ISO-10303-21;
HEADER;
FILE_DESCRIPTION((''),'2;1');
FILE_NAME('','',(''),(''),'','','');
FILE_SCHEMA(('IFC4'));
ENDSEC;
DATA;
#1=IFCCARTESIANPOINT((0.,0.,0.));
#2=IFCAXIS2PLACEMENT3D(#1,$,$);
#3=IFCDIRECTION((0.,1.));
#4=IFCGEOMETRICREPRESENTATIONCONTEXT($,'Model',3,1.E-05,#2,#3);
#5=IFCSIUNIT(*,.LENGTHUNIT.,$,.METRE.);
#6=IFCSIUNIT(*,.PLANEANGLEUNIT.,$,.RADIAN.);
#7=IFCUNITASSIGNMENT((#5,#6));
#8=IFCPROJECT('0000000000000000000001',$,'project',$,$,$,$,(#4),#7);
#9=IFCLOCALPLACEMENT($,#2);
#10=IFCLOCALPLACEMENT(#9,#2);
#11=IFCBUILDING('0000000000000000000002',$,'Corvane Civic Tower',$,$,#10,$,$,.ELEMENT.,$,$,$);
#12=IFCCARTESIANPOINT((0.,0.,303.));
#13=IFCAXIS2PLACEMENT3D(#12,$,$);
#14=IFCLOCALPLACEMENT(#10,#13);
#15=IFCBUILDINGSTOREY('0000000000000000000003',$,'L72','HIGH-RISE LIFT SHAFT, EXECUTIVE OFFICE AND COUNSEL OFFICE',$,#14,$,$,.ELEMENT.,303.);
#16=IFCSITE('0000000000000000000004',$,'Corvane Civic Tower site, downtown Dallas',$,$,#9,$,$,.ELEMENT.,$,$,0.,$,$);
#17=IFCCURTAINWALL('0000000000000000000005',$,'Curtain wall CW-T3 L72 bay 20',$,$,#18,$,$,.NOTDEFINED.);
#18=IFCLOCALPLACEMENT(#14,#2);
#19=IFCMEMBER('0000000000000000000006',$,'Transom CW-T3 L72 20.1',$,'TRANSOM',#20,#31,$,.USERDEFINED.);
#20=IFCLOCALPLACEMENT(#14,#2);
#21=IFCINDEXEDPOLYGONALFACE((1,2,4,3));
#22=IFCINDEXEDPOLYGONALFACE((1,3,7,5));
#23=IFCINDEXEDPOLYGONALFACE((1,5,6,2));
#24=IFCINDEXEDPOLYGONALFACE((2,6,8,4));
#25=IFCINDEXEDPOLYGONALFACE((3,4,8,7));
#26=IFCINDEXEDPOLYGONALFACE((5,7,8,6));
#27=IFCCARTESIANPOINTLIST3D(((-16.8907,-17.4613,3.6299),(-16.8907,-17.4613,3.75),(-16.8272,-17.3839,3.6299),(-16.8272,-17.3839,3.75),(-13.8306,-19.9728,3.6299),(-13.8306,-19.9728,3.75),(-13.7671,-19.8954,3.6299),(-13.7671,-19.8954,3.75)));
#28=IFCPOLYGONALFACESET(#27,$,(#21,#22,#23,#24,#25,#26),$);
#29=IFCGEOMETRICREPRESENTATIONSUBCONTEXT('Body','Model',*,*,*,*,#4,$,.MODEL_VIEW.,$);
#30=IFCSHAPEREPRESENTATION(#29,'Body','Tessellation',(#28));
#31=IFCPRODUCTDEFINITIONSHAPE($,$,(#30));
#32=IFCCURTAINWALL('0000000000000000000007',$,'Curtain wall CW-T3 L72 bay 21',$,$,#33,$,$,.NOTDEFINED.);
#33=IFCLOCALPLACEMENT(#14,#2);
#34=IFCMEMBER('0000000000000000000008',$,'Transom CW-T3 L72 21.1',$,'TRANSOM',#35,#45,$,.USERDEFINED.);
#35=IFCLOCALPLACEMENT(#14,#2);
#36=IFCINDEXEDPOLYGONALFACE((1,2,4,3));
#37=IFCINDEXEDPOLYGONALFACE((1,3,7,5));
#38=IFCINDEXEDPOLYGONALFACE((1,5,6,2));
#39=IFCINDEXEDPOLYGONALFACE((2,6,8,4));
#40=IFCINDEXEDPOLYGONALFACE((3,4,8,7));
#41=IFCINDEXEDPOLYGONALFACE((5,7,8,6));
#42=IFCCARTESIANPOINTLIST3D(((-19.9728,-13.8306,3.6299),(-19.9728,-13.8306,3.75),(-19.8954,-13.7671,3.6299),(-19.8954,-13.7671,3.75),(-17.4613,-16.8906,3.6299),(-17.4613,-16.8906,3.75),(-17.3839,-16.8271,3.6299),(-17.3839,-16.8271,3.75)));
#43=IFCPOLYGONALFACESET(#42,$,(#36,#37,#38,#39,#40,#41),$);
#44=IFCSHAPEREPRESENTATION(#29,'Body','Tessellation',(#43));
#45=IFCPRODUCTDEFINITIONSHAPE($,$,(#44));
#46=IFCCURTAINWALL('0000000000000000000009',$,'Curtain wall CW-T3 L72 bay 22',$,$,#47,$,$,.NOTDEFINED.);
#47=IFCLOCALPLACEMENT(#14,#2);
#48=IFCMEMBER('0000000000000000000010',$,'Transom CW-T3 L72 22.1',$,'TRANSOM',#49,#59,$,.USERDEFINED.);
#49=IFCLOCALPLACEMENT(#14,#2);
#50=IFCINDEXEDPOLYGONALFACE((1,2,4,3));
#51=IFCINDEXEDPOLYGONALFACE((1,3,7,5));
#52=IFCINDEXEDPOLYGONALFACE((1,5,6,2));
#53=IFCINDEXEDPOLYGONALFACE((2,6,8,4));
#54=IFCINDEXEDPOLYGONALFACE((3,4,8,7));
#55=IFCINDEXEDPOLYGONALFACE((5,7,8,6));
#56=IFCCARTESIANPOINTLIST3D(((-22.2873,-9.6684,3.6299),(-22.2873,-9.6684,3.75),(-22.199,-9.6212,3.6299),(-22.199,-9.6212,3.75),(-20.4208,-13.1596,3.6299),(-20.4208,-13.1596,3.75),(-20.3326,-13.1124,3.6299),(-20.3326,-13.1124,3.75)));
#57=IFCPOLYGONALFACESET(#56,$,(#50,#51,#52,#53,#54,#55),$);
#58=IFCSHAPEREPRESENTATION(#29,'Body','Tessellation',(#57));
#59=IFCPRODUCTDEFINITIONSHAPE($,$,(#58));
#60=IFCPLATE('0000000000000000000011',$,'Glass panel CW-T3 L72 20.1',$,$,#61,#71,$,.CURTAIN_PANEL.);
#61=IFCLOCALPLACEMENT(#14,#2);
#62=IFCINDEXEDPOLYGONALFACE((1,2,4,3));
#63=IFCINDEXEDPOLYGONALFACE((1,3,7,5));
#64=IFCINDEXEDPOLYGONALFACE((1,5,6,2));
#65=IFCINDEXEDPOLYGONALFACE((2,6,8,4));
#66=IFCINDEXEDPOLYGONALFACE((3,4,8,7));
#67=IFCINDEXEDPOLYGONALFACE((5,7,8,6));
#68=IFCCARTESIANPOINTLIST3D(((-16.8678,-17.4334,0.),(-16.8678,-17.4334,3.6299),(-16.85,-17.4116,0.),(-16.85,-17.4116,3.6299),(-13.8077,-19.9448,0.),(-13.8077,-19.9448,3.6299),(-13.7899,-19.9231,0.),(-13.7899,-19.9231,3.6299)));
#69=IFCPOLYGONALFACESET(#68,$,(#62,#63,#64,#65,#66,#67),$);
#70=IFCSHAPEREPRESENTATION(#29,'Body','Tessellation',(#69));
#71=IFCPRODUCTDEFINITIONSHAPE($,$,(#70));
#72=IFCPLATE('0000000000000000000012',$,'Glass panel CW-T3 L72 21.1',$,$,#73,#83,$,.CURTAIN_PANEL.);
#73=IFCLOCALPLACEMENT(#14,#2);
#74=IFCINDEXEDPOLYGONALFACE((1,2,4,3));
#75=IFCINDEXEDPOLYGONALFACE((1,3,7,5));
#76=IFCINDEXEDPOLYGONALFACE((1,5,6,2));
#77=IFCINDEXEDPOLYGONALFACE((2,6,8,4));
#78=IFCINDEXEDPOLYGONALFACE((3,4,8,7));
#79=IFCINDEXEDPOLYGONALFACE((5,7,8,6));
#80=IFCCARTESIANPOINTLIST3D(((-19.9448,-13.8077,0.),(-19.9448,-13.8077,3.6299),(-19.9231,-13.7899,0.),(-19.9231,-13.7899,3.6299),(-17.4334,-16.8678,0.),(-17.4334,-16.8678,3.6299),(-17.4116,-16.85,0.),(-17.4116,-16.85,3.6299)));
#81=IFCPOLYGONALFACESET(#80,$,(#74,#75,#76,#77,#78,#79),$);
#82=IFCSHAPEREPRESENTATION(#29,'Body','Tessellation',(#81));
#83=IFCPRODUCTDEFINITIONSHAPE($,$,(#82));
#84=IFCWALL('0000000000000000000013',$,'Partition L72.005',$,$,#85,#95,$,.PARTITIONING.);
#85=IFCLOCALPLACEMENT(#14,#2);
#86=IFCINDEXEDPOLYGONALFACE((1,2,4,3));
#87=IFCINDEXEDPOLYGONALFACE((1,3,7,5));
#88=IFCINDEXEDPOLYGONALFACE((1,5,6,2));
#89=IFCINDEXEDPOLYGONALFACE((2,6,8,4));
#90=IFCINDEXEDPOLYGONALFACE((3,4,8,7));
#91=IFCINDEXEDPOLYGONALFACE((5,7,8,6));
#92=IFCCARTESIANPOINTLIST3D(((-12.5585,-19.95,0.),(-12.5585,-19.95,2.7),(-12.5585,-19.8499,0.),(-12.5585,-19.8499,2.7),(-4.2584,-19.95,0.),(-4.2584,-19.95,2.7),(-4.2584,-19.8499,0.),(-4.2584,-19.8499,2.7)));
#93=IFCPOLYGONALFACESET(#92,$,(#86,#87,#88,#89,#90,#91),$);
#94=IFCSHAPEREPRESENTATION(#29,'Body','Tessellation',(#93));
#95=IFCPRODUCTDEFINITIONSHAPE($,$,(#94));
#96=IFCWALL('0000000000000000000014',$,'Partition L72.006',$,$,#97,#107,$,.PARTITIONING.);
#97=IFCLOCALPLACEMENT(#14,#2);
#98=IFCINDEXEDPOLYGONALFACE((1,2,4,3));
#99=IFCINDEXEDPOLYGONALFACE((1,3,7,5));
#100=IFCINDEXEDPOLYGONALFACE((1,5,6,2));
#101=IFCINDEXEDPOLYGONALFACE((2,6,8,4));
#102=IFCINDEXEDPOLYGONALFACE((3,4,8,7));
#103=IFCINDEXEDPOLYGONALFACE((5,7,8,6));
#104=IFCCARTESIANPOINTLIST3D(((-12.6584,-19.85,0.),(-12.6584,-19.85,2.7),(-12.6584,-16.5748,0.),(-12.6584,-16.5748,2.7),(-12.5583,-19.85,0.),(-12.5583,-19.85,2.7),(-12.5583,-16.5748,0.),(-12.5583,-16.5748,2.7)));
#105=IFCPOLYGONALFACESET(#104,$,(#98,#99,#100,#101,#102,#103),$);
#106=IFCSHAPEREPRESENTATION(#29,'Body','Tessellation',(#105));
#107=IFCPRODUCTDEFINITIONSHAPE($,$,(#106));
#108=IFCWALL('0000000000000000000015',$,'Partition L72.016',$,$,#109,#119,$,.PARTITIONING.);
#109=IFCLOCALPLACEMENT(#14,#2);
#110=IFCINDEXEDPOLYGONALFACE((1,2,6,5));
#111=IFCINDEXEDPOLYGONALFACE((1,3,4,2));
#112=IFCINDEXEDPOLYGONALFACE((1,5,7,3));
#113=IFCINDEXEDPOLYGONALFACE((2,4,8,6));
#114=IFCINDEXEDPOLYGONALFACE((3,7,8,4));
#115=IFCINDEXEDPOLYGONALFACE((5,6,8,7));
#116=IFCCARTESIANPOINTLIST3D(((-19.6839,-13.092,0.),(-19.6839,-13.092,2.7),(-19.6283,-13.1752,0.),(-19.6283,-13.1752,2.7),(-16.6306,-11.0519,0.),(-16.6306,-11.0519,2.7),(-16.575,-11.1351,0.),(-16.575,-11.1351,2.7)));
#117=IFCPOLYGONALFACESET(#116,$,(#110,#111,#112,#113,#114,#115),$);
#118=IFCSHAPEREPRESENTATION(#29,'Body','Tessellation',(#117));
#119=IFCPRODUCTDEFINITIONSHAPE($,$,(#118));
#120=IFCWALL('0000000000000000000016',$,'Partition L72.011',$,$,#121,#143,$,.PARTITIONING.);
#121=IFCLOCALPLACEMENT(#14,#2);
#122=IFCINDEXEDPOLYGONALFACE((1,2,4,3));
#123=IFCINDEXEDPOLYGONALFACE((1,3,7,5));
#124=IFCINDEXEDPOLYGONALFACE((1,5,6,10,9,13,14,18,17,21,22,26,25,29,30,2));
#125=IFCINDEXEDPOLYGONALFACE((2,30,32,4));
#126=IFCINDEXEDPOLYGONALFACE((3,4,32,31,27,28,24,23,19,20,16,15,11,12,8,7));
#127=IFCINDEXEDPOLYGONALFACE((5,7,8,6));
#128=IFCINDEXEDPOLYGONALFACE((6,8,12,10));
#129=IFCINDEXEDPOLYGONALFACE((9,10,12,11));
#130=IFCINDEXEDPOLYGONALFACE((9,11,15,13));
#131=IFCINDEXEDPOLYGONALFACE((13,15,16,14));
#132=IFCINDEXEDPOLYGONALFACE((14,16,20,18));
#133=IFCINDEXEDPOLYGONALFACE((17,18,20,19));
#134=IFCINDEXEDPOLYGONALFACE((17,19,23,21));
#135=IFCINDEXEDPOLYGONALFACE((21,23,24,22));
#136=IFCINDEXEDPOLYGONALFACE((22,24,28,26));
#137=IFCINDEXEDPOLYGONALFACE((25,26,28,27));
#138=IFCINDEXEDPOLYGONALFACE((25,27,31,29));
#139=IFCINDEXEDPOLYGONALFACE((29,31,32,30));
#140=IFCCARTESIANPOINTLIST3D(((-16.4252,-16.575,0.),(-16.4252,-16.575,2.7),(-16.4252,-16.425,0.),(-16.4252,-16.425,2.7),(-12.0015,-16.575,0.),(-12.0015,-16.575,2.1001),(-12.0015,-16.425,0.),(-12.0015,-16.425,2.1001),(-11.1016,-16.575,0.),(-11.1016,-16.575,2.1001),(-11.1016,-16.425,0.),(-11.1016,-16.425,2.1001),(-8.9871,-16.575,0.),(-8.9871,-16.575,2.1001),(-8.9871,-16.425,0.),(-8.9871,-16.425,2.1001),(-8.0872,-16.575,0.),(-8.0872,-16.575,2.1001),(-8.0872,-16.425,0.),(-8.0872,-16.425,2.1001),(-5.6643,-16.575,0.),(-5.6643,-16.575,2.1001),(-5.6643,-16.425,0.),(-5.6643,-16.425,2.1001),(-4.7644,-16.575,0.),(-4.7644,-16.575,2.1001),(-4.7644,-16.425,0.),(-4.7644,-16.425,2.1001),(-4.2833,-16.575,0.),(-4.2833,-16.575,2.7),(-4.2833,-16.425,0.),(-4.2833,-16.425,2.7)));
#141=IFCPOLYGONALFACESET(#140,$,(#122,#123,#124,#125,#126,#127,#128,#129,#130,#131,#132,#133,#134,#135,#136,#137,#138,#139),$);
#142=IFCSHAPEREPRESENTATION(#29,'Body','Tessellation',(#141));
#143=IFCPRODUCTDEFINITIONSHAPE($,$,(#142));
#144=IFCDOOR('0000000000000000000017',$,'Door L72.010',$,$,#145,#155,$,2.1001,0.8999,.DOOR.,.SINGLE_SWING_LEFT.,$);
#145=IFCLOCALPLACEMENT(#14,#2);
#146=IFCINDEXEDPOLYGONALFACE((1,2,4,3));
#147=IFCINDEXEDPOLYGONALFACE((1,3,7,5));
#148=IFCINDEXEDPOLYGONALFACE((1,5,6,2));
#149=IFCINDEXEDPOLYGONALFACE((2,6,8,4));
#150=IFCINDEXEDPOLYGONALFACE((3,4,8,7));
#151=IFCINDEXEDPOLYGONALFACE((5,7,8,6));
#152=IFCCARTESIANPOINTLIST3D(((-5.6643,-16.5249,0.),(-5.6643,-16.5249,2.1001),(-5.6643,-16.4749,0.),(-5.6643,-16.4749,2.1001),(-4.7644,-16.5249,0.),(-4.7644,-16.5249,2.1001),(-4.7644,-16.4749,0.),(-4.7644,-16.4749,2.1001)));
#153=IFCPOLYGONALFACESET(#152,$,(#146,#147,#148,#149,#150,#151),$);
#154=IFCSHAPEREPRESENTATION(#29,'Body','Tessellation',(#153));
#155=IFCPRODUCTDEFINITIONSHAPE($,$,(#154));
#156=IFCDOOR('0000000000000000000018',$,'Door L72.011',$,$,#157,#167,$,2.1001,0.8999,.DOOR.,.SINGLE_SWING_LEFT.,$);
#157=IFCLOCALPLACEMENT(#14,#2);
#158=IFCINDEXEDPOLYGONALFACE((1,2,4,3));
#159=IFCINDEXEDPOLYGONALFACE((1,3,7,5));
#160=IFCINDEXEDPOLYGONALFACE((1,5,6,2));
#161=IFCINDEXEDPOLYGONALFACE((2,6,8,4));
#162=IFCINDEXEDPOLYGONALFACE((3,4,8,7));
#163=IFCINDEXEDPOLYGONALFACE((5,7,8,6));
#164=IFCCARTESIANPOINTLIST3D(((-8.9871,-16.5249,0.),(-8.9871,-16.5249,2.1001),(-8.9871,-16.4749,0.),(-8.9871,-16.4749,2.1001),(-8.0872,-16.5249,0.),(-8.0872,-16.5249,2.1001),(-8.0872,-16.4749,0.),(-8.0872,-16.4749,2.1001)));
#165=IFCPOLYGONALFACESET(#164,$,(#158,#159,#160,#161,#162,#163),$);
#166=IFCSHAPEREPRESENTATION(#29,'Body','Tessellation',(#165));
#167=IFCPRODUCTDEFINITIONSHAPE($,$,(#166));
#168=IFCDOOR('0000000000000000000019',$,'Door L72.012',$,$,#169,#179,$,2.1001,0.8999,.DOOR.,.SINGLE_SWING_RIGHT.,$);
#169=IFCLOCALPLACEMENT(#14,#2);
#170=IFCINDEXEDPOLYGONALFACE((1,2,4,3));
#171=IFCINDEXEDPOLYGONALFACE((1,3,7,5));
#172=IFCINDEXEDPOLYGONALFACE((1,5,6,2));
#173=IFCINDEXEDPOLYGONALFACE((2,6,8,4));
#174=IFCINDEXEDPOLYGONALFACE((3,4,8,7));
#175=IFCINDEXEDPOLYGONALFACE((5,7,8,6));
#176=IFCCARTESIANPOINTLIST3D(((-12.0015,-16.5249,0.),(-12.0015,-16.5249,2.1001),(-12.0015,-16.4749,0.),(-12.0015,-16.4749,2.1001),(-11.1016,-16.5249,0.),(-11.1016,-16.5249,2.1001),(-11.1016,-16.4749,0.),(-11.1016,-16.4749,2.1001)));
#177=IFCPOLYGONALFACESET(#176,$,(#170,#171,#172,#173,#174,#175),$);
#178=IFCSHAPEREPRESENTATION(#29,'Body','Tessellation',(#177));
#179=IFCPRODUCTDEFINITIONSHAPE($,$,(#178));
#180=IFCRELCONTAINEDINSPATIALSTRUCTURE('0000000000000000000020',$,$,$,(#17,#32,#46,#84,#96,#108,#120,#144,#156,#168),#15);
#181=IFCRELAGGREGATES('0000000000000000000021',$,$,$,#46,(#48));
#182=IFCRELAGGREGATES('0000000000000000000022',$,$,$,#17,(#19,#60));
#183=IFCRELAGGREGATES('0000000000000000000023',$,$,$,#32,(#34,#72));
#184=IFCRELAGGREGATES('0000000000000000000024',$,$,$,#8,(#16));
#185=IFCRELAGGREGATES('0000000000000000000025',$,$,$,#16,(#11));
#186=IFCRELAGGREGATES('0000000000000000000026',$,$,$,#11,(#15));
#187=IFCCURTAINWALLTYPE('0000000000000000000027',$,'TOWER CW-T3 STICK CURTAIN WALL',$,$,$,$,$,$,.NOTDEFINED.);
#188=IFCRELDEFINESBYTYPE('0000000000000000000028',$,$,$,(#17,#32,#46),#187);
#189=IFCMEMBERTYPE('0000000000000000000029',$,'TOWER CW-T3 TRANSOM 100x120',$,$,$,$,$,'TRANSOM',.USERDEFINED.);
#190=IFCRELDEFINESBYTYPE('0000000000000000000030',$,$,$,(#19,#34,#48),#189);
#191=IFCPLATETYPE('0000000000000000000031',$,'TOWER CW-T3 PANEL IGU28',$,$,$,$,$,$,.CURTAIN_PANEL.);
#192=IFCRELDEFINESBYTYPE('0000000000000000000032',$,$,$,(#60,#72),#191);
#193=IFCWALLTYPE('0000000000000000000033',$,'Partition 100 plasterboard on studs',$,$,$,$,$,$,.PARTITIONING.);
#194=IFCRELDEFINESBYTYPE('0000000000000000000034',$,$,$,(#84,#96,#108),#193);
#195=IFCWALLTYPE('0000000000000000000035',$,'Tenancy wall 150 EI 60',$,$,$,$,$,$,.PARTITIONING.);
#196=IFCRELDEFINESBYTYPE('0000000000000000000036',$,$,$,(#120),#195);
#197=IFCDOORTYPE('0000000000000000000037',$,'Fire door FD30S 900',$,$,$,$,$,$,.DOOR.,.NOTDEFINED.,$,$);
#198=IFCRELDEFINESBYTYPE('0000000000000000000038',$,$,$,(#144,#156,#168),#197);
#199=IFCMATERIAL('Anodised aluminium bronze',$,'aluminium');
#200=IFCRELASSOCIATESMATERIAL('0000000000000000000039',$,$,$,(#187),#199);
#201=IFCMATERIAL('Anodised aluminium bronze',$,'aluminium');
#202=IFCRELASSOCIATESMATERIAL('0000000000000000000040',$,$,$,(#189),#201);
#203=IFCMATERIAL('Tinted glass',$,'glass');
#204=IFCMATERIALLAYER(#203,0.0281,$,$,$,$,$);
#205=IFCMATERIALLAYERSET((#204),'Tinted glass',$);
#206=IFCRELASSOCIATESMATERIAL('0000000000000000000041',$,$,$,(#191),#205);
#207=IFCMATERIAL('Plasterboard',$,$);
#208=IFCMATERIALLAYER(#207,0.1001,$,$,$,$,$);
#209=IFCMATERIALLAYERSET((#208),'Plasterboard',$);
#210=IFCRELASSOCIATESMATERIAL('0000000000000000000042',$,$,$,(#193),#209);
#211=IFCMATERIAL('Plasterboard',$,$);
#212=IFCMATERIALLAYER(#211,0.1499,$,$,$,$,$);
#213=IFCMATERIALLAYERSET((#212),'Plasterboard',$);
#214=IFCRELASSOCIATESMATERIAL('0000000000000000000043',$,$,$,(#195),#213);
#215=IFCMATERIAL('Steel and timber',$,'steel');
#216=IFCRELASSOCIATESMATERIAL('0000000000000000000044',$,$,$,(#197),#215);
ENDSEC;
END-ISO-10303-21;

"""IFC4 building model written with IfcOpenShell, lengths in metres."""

from ifc_helpers import new_model, si_unit, direction, frame, frame_2d, origin, origin_2d, place, context, subcontext, project, spatial, rectangle, extrude, material, layer, layer_set, material_profile, profile_set, type_object, element, fill, aggregate, save


model = new_model("IFC4")

# Units and contexts
model_context = context("Model", 3, precision=1e-05, world=origin(), true_north=direction((0.0, 1.0)))
body_context = subcontext(model_context, "Body", "Model", "MODEL_VIEW")
ifc_project = project(units=[si_unit("LENGTHUNIT", "METRE"), si_unit("PLANEANGLEUNIT", "RADIAN")], contexts=[model_context])

# Site, building, storey
site_placement = place(None, origin())
site = spatial("IfcSite", under=ifc_project, at=site_placement, Name="Corvane Civic Tower site, downtown Dallas", CompositionType="ELEMENT", RefElevation=0.0)
building_placement = place(site_placement, origin())
building = spatial("IfcBuilding", under=site, at=building_placement, Name="Corvane Civic Tower", CompositionType="ELEMENT")
storey_placement = place(building_placement, frame((0.0, 0.0, 303.0)))
storey = spatial("IfcBuildingStorey", under=building, at=storey_placement, Name="L72", Description="HIGH-RISE LIFT SHAFT, EXECUTIVE OFFICE AND COUNSEL OFFICE", CompositionType="ELEMENT", Elevation=303.0)

# Curtain walls, members
ifc_material_1 = material(Name="Anodised aluminium bronze", Category="aluminium")
curtain_wall_type = type_object("IfcCurtainWallType", Name="TOWER CW-T3 STICK CURTAIN WALL", PredefinedType="NOTDEFINED", material=ifc_material_1)
curtain_wall_1_placement = place(storey_placement, origin())
curtain_wall_1 = element("IfcCurtainWall", 1, at=curtain_wall_1_placement, inside=storey, type_object=curtain_wall_type, Name="Curtain wall CW-T3 L72 bay 20", PredefinedType="NOTDEFINED")
ifc_material_2 = material(Name="Anodised aluminium bronze", Category="aluminium")
ifc_material_profile_1 = material_profile(ifc_material_2, rectangle(XDim=0.1001, YDim=0.1201, at=origin_2d()), Name="TOWER CW-T3 TRANSOM 100x120")
ifc_profile_set_1 = profile_set([ifc_material_profile_1], Name="Anodised aluminium bronze")
member_type = type_object("IfcMemberType", Name="TOWER CW-T3 TRANSOM 100x120", ElementType="TRANSOM", PredefinedType="USERDEFINED", material=ifc_profile_set_1)
member_1_placement = place(storey_placement, frame((-13.7988, -19.9341, 3.6899), z_axis=(-0.772992, 0.634416, 0.0), x_axis=(-0.634416, -0.772992, 0.0)))
member_1 = element("IfcMember", 2, at=member_1_placement, type_object=member_type, Name="Transom CW-T3 L72 20.1", ObjectType="TRANSOM", PredefinedType="USERDEFINED", context=body_context, shape_type="SweptSolid", body=[
    extrude(rectangle(XDim=0.1001, YDim=0.1201, at=origin_2d()), origin(), (0.0, 0.0, 1.0), 3.9587),
])
curtain_wall_2_placement = place(storey_placement, origin())
curtain_wall_2 = element("IfcCurtainWall", 3, at=curtain_wall_2_placement, inside=storey, type_object=curtain_wall_type, Name="Curtain wall CW-T3 L72 bay 21", PredefinedType="NOTDEFINED")
member_2_placement = place(storey_placement, frame((-17.4226, -16.8589, 3.6899), z_axis=(-0.634416, 0.772992, 0.0), x_axis=(-0.772992, -0.634416, 0.0)))
member_2 = element("IfcMember", 4, at=member_2_placement, type_object=member_type, Name="Transom CW-T3 L72 21.1", ObjectType="TRANSOM", PredefinedType="USERDEFINED", context=body_context, shape_type="SweptSolid", body=[
    extrude(rectangle(XDim=0.1001, YDim=0.1201, at=origin_2d()), origin(), (0.0, 0.0, 1.0), 3.9587),
])
curtain_wall_3_placement = place(storey_placement, origin())
curtain_wall_3 = element("IfcCurtainWall", 5, at=curtain_wall_3_placement, inside=storey, type_object=curtain_wall_type, Name="Curtain wall CW-T3 L72 bay 22", PredefinedType="NOTDEFINED")
member_3_placement = place(storey_placement, frame((-20.3767, -13.136, 3.6899), z_axis=(-0.471468, 0.881883, 0.0), x_axis=(-0.881883, -0.471468, 0.0)))
member_3 = element("IfcMember", 6, at=member_3_placement, type_object=member_type, Name="Transom CW-T3 L72 22.1", ObjectType="TRANSOM", PredefinedType="USERDEFINED", context=body_context, shape_type="SweptSolid", body=[
    extrude(rectangle(XDim=0.1001, YDim=0.1201, at=origin_2d()), origin(), (0.0, 0.0, 1.0), 3.9587),
])
aggregate(curtain_wall_3, [member_3])

# Plates
ifc_material_3 = material(Name="Tinted glass", Category="glass")
ifc_layer_1 = layer(ifc_material_3, 0.0281)
ifc_layer_set_1 = layer_set([ifc_layer_1], Name="Tinted glass")
plate_type = type_object("IfcPlateType", Name="TOWER CW-T3 PANEL IGU28", PredefinedType="CURTAIN_PANEL", material=ifc_layer_set_1)
plate_1_placement = place(storey_placement, frame((-15.3289, -18.6782, 0.0), z_axis=(0.0, 0.0, 1.0), x_axis=(-0.773001, 0.634405, 0.0)))
plate_1 = element("IfcPlate", 7, at=plate_1_placement, type_object=plate_type, Name="Glass panel CW-T3 L72 20.1", PredefinedType="CURTAIN_PANEL", context=body_context, shape_type="SweptSolid", body=[
    extrude(rectangle(XDim=3.9587, YDim=0.0281, at=origin_2d()), origin(), (0.0, 0.0, 1.0), 3.6299),
])
aggregate(curtain_wall_1, [member_1, plate_1])
plate_2_placement = place(storey_placement, frame((-18.6782, -15.3289, 0.0), z_axis=(0.0, 0.0, 1.0), x_axis=(-0.634405, 0.773001, 0.0)))
plate_2 = element("IfcPlate", 8, at=plate_2_placement, type_object=plate_type, Name="Glass panel CW-T3 L72 21.1", PredefinedType="CURTAIN_PANEL", context=body_context, shape_type="SweptSolid", body=[
    extrude(rectangle(XDim=3.9587, YDim=0.0281, at=origin_2d()), origin(), (0.0, 0.0, 1.0), 3.6299),
])
aggregate(curtain_wall_2, [member_2, plate_2])

# Walls
ifc_material_4 = material(Name="Plasterboard")
ifc_layer_2 = layer(ifc_material_4, 0.1001)
ifc_layer_set_2 = layer_set([ifc_layer_2], Name="Plasterboard")
wall_type_1 = type_object("IfcWallType", Name="Partition 100 plasterboard on studs", PredefinedType="PARTITIONING", material=ifc_layer_set_2)
wall_1_placement = place(storey_placement, frame((-12.5583, -19.8999, 0.0), z_axis=(0.0, 0.0, 1.0), x_axis=(1.0, 0.0, 0.0)))
element("IfcWall", 9, at=wall_1_placement, inside=storey, type_object=wall_type_1, Name="Partition L72.005", PredefinedType="PARTITIONING", context=body_context, shape_type="SweptSolid", body=[
    extrude(rectangle(XDim=8.3, YDim=0.1001, at=frame_2d((4.1499, 0.0))), origin(), (0.0, 0.0, 1.0), 2.7),
])
wall_2_placement = place(storey_placement, frame((-12.6084, -19.8501, 0.0), z_axis=(0.0, 0.0, 1.0), x_axis=(0.0, 1.0, 0.0)))
element("IfcWall", 10, at=wall_2_placement, inside=storey, type_object=wall_type_1, Name="Partition L72.006", PredefinedType="PARTITIONING", context=body_context, shape_type="SweptSolid", body=[
    extrude(rectangle(XDim=3.2751, YDim=0.1001, at=frame_2d((1.6377, 0.0))), origin(), (0.0, 0.0, 1.0), 2.7),
])
wall_3_placement = place(storey_placement, frame((-19.656, -13.1335, 0.0), z_axis=(0.0, 0.0, 1.0), x_axis=(0.831477, 0.555559, 0.0)))
element("IfcWall", 11, at=wall_3_placement, inside=storey, type_object=wall_type_1, Name="Partition L72.016", PredefinedType="PARTITIONING", context=body_context, shape_type="SweptSolid", body=[
    extrude(rectangle(XDim=3.6721, YDim=0.1001, at=frame_2d((1.8359, 0.0))), origin(), (0.0, 0.0, 1.0), 2.7),
])

# Wall, openings, doors
ifc_material_5 = material(Name="Plasterboard")
ifc_layer_3 = layer(ifc_material_5, 0.1499)
ifc_layer_set_3 = layer_set([ifc_layer_3], Name="Plasterboard")
wall_type_2 = type_object("IfcWallType", Name="Tenancy wall 150 EI 60", PredefinedType="PARTITIONING", material=ifc_layer_set_3)
wall_4_placement = place(storey_placement, frame((-16.425, -16.5, 0.0), z_axis=(0.0, 0.0, 1.0), x_axis=(1.0, 0.0, 0.0)))
wall_4 = element("IfcWall", 12, at=wall_4_placement, inside=storey, type_object=wall_type_2, Name="Partition L72.011", PredefinedType="PARTITIONING", context=body_context, shape_type="SweptSolid", body=[
    extrude(rectangle(XDim=12.1418, YDim=0.1499, at=frame_2d((6.0708, 0.0))), origin(), (0.0, 0.0, 1.0), 2.7),
])
opening_1_placement = place(wall_4_placement, frame((10.7607, 0.0, 0.0)))
opening_1 = element("IfcOpeningElement", 13, at=opening_1_placement, cuts=wall_4, PredefinedType="OPENING", context=body_context, shape_type="SweptSolid", body=[
    extrude(rectangle(XDim=0.8999, YDim=2.1001, at=frame_2d((0.45, 1.05))), frame((0.0, 0.085, 0.0), z_axis=(0.0, -1.0, 0.0), x_axis=(1.0, 0.0, 0.0)), (0.0, 0.0, 1.0), 0.1699),
])
opening_2_placement = place(wall_4_placement, frame((7.438, 0.0, 0.0)))
opening_2 = element("IfcOpeningElement", 14, at=opening_2_placement, cuts=wall_4, PredefinedType="OPENING", context=body_context, shape_type="SweptSolid", body=[
    extrude(rectangle(XDim=0.8999, YDim=2.1001, at=frame_2d((0.45, 1.05))), frame((0.0, 0.085, 0.0), z_axis=(0.0, -1.0, 0.0), x_axis=(1.0, 0.0, 0.0)), (0.0, 0.0, 1.0), 0.1699),
])
opening_3_placement = place(wall_4_placement, frame((4.4236, 0.0, 0.0)))
opening_3 = element("IfcOpeningElement", 15, at=opening_3_placement, cuts=wall_4, PredefinedType="OPENING", context=body_context, shape_type="SweptSolid", body=[
    extrude(rectangle(XDim=0.8999, YDim=2.1001, at=frame_2d((0.45, 1.05))), frame((0.0, 0.085, 0.0), z_axis=(0.0, -1.0, 0.0), x_axis=(1.0, 0.0, 0.0)), (0.0, 0.0, 1.0), 0.1699),
])
ifc_material_6 = material(Name="Steel and timber", Category="steel")
door_type_1 = type_object("IfcDoorType", Name="Fire door FD30S 900", OperationType="NOTDEFINED", PredefinedType="DOOR", material=ifc_material_6)
door_1_placement = place(opening_1_placement, frame((0.8999, 0.0, 0.0), z_axis=(0.0, 0.0, 1.0), x_axis=(-1.0, 0.0, 0.0)))
door_1 = element("IfcDoor", 16, at=door_1_placement, inside=storey, type_object=door_type_1, Name="Door L72.010", OperationType="SINGLE_SWING_LEFT", OverallHeight=2.1001, OverallWidth=0.8999, PredefinedType="DOOR", context=body_context, shape_type="SweptSolid", body=[
    extrude(rectangle(XDim=0.8999, YDim=2.1001, at=frame_2d((0.45, 1.05))), frame((0.0, 0.0249, 0.0), z_axis=(0.0, -1.0, 0.0), x_axis=(1.0, 0.0, 0.0)), (0.0, 0.0, 1.0), 0.05),
])
fill(opening_1, door_1)
door_2_placement = place(opening_2_placement, frame((0.8999, 0.0, 0.0), z_axis=(0.0, 0.0, 1.0), x_axis=(-1.0, 0.0, 0.0)))
door_2 = element("IfcDoor", 17, at=door_2_placement, inside=storey, type_object=door_type_1, Name="Door L72.011", OperationType="SINGLE_SWING_LEFT", OverallHeight=2.1001, OverallWidth=0.8999, PredefinedType="DOOR", context=body_context, shape_type="SweptSolid", body=[
    extrude(rectangle(XDim=0.8999, YDim=2.1001, at=frame_2d((0.45, 1.05))), frame((0.0, 0.0249, 0.0), z_axis=(0.0, -1.0, 0.0), x_axis=(1.0, 0.0, 0.0)), (0.0, 0.0, 1.0), 0.05),
])
fill(opening_2, door_2)
door_3_placement = place(opening_3_placement, frame((0.8999, 0.0, 0.0), z_axis=(0.0, 0.0, 1.0), x_axis=(-1.0, 0.0, 0.0)))
door_3 = element("IfcDoor", 18, at=door_3_placement, inside=storey, type_object=door_type_1, Name="Door L72.012", OperationType="SINGLE_SWING_RIGHT", OverallHeight=2.1001, OverallWidth=0.8999, PredefinedType="DOOR", context=body_context, shape_type="SweptSolid", body=[
    extrude(rectangle(XDim=0.8999, YDim=2.1001, at=frame_2d((0.45, 1.05))), frame((0.0, 0.0249, 0.0), z_axis=(0.0, -1.0, 0.0), x_axis=(1.0, 0.0, 0.0)), (0.0, 0.0, 1.0), 0.05),
])
fill(opening_3, door_3)

save(model, "model.ifc")
